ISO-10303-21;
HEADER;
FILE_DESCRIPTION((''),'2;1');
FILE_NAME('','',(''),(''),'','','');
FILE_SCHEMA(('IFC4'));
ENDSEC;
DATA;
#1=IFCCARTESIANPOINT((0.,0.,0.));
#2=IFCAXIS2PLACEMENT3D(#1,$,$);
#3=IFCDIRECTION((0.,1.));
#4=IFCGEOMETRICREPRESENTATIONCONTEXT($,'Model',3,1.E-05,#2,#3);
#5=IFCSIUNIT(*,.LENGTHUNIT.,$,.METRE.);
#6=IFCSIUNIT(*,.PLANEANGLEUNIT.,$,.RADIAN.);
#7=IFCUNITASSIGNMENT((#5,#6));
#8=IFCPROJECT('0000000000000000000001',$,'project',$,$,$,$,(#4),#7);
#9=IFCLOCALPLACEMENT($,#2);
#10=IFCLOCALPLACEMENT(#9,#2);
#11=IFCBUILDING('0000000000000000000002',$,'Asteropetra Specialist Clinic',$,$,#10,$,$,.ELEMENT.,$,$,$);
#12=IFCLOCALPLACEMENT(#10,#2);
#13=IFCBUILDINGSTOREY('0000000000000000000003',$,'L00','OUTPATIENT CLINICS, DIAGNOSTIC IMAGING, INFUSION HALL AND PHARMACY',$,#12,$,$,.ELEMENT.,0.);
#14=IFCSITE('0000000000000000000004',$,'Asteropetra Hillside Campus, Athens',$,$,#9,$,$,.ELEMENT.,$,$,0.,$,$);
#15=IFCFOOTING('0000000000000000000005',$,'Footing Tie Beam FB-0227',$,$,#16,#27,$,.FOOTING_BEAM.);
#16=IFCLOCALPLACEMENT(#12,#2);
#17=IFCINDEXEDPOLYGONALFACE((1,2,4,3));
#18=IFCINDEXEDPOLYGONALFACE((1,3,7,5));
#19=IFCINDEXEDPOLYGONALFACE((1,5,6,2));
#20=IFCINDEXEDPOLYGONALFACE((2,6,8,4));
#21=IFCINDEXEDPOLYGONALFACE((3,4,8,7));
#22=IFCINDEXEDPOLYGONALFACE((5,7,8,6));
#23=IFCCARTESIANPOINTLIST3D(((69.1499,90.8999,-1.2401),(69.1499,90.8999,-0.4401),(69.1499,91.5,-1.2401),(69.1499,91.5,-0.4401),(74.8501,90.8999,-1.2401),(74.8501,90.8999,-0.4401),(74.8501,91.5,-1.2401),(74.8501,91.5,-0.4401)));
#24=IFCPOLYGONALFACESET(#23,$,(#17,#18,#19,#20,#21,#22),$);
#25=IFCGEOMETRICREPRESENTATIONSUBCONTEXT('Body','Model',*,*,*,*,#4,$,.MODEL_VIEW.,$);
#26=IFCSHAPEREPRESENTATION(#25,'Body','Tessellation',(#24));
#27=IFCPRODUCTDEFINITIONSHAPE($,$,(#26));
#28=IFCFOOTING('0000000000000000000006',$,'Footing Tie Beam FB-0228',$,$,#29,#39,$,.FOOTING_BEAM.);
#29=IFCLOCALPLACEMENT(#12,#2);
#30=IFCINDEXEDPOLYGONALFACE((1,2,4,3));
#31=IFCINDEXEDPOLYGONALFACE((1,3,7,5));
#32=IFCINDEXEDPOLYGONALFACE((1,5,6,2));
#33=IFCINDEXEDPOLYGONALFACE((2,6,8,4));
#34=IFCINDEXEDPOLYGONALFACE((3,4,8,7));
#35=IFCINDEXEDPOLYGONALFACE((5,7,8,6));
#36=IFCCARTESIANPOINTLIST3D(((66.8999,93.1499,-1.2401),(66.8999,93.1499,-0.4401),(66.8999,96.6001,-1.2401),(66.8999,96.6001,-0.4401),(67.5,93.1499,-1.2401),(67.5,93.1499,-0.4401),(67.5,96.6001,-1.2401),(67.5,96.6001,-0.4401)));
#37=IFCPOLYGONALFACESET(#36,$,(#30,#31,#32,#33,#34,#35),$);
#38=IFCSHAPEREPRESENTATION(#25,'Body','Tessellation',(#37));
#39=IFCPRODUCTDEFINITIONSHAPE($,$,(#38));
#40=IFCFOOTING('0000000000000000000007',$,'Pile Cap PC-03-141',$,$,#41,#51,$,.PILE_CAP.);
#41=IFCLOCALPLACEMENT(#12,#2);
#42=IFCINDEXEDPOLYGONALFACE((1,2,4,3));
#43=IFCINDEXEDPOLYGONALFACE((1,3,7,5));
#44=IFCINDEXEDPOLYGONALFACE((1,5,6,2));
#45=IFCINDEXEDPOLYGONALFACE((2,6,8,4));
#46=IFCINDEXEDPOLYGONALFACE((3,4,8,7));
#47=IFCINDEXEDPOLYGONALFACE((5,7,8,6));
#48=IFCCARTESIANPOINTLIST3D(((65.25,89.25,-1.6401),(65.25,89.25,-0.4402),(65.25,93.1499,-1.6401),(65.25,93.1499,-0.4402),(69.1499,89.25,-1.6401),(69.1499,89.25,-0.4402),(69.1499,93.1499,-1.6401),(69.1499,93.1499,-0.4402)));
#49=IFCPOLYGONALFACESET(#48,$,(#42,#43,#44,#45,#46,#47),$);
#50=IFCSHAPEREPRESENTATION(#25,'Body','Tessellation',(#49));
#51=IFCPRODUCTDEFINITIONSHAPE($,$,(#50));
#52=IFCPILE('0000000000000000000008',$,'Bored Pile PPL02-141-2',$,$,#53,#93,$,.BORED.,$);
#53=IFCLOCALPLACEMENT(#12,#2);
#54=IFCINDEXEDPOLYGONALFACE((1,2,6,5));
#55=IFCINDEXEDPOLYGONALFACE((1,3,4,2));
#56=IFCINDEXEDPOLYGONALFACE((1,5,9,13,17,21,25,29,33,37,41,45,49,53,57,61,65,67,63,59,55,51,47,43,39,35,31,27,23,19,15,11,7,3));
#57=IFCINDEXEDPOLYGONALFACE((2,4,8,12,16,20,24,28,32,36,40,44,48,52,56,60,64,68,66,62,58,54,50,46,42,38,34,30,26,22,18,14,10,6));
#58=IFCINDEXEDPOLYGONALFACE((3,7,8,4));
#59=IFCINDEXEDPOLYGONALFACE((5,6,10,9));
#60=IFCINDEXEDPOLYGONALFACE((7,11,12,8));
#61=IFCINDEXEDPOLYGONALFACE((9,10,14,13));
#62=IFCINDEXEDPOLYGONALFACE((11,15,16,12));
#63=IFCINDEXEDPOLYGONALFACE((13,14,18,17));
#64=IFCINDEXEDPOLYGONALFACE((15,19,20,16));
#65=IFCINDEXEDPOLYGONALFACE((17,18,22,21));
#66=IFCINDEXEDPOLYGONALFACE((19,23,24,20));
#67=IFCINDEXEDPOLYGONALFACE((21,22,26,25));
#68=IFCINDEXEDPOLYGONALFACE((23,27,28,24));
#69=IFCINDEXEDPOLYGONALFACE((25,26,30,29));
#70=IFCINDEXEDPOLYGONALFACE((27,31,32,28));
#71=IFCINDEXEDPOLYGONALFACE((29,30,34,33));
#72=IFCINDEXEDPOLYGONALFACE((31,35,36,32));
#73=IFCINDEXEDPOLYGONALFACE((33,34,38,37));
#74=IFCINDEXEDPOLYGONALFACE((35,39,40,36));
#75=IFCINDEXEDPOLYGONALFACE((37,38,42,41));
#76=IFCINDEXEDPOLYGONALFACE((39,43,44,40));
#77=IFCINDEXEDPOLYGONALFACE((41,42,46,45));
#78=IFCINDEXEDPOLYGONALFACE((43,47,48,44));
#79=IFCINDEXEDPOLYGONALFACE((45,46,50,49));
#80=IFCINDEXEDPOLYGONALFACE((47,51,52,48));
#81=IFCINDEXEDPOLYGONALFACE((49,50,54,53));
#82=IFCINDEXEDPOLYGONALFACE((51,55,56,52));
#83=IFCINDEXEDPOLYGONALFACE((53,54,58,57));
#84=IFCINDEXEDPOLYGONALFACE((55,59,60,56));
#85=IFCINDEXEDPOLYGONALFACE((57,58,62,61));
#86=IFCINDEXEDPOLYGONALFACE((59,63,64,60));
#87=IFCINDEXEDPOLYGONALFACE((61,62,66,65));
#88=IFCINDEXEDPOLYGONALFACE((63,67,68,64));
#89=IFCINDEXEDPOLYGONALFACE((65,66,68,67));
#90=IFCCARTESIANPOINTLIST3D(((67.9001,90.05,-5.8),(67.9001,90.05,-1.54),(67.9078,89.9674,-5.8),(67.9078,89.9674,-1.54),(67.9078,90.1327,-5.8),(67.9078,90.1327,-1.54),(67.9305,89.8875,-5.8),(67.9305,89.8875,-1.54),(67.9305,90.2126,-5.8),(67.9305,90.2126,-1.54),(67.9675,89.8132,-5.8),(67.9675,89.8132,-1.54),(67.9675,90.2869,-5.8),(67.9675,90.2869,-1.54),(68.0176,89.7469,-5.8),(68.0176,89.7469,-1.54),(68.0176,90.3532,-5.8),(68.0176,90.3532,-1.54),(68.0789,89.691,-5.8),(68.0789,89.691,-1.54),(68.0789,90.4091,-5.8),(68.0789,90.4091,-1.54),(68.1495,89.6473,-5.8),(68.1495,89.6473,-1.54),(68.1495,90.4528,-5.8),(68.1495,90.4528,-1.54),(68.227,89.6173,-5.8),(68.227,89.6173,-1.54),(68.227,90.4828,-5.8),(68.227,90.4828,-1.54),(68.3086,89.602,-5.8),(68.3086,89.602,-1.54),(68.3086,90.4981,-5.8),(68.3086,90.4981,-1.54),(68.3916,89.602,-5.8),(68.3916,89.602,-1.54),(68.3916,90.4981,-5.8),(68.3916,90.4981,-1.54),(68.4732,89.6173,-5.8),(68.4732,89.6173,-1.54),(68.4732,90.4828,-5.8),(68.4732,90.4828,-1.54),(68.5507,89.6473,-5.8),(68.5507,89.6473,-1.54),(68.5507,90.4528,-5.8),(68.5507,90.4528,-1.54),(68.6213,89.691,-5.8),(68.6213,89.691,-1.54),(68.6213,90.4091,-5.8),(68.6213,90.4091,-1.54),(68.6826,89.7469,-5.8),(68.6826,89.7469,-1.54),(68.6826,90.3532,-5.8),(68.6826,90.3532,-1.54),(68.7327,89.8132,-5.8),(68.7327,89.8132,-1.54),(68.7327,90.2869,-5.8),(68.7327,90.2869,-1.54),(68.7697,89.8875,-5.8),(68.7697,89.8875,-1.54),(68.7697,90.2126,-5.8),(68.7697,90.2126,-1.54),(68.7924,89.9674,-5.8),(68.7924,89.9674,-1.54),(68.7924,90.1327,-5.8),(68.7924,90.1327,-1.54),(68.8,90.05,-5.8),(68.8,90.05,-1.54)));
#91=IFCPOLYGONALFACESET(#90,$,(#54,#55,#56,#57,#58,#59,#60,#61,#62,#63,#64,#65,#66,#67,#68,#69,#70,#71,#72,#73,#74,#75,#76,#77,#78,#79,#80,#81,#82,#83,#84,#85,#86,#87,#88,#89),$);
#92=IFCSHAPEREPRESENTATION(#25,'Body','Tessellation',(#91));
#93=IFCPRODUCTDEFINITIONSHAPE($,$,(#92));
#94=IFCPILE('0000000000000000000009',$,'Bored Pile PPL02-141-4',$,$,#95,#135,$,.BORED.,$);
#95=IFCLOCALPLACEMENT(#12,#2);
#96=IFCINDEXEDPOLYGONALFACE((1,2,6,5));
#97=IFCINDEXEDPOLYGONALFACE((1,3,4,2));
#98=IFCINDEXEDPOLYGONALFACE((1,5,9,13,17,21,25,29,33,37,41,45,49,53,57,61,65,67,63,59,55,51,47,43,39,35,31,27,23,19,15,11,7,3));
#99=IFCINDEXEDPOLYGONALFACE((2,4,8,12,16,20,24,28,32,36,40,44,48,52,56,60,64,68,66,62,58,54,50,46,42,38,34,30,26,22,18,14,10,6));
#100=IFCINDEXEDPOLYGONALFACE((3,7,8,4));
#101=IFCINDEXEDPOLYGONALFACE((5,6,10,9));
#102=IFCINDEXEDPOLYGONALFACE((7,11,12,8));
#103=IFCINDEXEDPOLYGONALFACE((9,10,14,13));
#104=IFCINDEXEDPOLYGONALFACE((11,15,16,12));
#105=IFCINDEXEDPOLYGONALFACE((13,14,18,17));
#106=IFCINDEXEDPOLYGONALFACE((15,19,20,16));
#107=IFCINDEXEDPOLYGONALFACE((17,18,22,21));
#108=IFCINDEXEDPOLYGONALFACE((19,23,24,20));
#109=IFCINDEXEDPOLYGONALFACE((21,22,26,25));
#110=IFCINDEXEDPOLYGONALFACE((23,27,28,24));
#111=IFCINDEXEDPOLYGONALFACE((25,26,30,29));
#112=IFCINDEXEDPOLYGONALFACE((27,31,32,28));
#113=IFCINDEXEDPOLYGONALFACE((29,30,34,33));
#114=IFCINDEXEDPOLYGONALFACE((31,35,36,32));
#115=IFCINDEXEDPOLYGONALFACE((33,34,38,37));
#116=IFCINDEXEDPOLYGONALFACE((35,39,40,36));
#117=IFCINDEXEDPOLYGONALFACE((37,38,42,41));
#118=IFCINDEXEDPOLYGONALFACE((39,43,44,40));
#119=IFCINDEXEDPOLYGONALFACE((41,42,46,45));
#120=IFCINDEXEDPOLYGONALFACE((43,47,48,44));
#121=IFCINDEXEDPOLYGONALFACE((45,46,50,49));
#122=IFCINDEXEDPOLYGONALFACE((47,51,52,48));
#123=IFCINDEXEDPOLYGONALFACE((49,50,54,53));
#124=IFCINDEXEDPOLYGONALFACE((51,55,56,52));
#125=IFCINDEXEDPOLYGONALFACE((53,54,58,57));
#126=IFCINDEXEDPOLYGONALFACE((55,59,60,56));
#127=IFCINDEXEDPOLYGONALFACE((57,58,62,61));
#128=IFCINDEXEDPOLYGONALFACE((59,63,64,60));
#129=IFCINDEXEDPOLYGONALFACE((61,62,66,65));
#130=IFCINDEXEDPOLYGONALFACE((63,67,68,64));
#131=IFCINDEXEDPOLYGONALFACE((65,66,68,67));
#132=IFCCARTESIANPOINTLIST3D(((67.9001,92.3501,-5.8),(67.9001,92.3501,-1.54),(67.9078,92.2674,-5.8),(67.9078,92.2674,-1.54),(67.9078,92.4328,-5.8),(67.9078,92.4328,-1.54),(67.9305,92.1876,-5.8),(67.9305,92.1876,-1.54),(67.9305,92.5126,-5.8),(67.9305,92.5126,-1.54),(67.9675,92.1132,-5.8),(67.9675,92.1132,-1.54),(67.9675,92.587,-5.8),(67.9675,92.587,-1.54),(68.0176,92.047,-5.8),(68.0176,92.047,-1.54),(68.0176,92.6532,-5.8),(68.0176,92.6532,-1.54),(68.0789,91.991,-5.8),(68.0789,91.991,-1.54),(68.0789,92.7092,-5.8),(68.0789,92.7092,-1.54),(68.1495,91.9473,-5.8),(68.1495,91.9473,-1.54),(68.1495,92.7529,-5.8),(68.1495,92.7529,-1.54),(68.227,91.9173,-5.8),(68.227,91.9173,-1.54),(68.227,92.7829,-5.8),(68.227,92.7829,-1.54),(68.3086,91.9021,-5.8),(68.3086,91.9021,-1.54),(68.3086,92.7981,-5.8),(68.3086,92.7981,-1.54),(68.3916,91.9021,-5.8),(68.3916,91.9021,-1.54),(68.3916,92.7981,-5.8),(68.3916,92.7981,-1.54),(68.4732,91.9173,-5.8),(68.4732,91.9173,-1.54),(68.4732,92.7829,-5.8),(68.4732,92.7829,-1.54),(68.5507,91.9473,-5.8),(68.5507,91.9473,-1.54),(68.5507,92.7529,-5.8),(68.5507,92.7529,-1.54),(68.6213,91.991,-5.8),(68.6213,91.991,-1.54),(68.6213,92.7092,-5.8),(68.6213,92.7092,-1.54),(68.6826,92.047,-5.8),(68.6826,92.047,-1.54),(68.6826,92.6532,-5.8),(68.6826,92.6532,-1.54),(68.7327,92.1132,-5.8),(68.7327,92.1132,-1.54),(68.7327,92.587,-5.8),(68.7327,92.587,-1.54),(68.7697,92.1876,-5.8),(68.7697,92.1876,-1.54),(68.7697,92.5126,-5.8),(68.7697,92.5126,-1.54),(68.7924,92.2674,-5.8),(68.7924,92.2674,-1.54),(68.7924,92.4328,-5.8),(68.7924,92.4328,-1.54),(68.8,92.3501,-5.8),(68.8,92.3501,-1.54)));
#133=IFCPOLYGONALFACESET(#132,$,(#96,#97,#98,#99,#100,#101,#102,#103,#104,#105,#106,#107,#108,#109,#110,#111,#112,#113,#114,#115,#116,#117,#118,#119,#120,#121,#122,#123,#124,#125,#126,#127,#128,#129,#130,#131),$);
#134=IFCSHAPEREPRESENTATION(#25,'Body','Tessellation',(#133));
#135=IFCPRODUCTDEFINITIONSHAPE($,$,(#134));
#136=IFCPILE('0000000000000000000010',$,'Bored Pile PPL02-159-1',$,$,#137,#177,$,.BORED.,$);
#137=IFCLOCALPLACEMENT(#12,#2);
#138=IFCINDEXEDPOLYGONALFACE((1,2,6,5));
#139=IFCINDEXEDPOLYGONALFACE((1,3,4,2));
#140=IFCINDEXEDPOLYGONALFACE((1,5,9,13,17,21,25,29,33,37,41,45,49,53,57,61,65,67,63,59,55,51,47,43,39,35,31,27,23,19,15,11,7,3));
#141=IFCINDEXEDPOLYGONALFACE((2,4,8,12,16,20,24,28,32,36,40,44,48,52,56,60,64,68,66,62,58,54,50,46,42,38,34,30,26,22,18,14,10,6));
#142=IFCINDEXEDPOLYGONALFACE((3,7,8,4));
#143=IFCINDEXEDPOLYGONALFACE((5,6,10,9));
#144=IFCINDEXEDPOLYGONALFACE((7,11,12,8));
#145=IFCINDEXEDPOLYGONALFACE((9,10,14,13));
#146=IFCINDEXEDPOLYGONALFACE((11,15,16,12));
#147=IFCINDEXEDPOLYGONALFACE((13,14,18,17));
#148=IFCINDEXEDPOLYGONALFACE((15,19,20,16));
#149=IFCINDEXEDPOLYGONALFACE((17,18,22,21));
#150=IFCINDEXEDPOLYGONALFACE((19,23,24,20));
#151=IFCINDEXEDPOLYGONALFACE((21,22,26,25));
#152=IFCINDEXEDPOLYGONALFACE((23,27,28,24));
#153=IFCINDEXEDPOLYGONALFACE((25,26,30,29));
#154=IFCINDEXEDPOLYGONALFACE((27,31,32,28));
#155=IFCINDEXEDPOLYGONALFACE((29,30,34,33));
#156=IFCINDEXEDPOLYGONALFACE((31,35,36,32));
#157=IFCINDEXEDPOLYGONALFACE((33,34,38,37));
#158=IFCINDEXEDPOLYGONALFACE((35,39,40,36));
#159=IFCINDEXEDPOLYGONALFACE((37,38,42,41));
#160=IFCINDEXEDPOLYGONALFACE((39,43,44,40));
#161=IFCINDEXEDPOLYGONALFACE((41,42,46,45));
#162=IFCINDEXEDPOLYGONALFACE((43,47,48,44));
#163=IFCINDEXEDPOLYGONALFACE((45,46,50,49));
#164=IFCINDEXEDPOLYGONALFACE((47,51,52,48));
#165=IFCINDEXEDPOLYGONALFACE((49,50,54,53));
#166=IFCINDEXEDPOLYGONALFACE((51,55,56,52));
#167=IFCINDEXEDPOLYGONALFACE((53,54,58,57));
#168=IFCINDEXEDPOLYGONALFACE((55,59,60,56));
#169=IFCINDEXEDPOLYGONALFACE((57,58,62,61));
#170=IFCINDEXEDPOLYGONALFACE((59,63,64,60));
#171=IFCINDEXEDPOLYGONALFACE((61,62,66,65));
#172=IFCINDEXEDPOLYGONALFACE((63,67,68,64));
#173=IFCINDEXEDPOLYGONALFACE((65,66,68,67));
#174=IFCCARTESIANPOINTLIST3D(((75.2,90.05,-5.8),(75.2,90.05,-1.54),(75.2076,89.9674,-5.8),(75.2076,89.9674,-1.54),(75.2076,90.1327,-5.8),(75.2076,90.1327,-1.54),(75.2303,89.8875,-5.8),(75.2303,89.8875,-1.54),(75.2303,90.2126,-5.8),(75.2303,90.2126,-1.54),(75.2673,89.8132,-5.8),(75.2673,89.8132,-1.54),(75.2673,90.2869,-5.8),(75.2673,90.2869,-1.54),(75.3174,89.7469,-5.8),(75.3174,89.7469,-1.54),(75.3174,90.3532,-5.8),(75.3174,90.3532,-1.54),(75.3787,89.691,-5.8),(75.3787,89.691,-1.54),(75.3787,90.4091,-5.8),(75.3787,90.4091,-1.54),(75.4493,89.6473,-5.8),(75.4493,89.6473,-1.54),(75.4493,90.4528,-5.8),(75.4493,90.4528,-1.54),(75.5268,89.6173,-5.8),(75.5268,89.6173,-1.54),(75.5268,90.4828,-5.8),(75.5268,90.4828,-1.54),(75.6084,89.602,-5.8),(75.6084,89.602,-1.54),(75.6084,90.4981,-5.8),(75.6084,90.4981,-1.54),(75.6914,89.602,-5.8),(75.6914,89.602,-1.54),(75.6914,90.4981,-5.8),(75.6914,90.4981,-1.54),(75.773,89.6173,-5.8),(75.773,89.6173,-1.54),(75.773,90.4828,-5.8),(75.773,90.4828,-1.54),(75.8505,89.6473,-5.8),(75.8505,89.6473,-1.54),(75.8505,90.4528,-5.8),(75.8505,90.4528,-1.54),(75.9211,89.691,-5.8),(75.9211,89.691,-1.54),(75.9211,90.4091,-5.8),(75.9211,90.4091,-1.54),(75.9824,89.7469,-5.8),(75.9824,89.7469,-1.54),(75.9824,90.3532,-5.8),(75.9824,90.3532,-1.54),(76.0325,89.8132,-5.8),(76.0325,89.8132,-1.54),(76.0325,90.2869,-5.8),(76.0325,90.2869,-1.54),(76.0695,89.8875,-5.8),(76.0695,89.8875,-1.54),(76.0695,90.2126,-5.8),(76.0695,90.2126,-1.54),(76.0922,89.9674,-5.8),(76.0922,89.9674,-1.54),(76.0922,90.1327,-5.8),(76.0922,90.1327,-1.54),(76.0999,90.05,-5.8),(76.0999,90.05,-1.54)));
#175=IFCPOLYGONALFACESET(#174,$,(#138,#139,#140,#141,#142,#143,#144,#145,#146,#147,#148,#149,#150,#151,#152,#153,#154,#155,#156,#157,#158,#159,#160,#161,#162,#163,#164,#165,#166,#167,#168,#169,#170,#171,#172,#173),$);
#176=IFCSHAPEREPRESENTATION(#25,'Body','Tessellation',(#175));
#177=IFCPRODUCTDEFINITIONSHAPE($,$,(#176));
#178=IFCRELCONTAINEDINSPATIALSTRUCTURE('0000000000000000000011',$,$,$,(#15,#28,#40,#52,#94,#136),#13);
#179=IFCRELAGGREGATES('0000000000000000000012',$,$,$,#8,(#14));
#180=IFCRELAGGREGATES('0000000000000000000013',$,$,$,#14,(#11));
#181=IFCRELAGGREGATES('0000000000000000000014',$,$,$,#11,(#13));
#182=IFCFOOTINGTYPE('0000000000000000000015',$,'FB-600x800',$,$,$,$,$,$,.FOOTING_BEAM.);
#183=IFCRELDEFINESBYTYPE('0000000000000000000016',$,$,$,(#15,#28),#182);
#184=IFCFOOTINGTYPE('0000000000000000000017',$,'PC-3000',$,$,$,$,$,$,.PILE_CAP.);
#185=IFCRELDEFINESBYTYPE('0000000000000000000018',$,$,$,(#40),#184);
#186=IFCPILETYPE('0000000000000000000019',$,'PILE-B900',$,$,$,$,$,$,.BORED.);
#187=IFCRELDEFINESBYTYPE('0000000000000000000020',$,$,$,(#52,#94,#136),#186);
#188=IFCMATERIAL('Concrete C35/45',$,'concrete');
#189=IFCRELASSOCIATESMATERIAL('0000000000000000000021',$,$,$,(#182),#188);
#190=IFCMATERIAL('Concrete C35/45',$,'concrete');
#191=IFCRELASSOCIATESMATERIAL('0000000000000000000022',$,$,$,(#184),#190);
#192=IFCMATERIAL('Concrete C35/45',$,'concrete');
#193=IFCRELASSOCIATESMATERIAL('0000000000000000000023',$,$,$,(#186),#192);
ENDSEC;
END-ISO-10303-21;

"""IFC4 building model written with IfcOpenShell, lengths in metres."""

from ifc_helpers import new_model, si_unit, direction, frame, origin, origin_2d, place, context, subcontext, project, spatial, rectangle, circle, extrude, material, material_profile, profile_set, type_object, element, save


model = new_model("IFC4")

# Units and contexts
model_context = context("Model", 3, precision=1e-05, world=origin(), true_north=direction((0.0, 1.0)))
body_context = subcontext(model_context, "Body", "Model", "MODEL_VIEW")
ifc_project = project(units=[si_unit("LENGTHUNIT", "METRE"), si_unit("PLANEANGLEUNIT", "RADIAN")], contexts=[model_context])

# Site, building, storey
site_placement = place(None, origin())
site = spatial("IfcSite", under=ifc_project, at=site_placement, Name="Asteropetra Hillside Campus, Athens", CompositionType="ELEMENT", RefElevation=0.0)
building_placement = place(site_placement, origin())
building = spatial("IfcBuilding", under=site, at=building_placement, Name="Asteropetra Specialist Clinic", CompositionType="ELEMENT")
storey_placement = place(building_placement, origin())
storey = spatial("IfcBuildingStorey", under=building, at=storey_placement, Name="L00", Description="OUTPATIENT CLINICS, DIAGNOSTIC IMAGING, INFUSION HALL AND PHARMACY", CompositionType="ELEMENT", Elevation=0.0)

# Footings
ifc_material_1 = material(Name="Concrete C35/45", Category="concrete")
ifc_material_profile_1 = material_profile(ifc_material_1, rectangle(XDim=0.6001, YDim=0.8, at=origin_2d()), Name="FB 600x800")
ifc_profile_set_1 = profile_set([ifc_material_profile_1], Name="Concrete C35/45")
footing_type_1 = type_object("IfcFootingType", Name="FB-600x800", PredefinedType="FOOTING_BEAM", material=ifc_profile_set_1)
footing_1_placement = place(storey_placement, frame((69.1499, 91.2, -0.8401), z_axis=(1.0, 0.0, 0.0), x_axis=(0.0, 1.0, 0.0)))
element("IfcFooting", 1, at=footing_1_placement, inside=storey, type_object=footing_type_1, Name="Footing Tie Beam FB-0227", PredefinedType="FOOTING_BEAM", context=body_context, shape_type="SweptSolid", body=[
    extrude(rectangle(XDim=0.6001, YDim=0.8, at=origin_2d()), origin(), (0.0, 0.0, 1.0), 5.7002),
])
footing_2_placement = place(storey_placement, frame((67.2, 93.1499, -0.8401), z_axis=(0.0, 1.0, 0.0), x_axis=(-1.0, 0.0, 0.0)))
element("IfcFooting", 2, at=footing_2_placement, inside=storey, type_object=footing_type_1, Name="Footing Tie Beam FB-0228", PredefinedType="FOOTING_BEAM", context=body_context, shape_type="SweptSolid", body=[
    extrude(rectangle(XDim=0.6001, YDim=0.8, at=origin_2d()), origin(), (0.0, 0.0, 1.0), 3.4502),
])
ifc_material_2 = material(Name="Concrete C35/45", Category="concrete")
footing_type_2 = type_object("IfcFootingType", Name="PC-3000", PredefinedType="PILE_CAP", material=ifc_material_2)
footing_3_placement = place(storey_placement, frame((67.2, 91.2, -1.6401), z_axis=(0.0, 0.0, 1.0), x_axis=(1.0, 0.0, 0.0)))
element("IfcFooting", 3, at=footing_3_placement, inside=storey, type_object=footing_type_2, Name="Pile Cap PC-03-141", PredefinedType="PILE_CAP", context=body_context, shape_type="SweptSolid", body=[
    extrude(rectangle(XDim=3.8999, YDim=3.8999, at=origin_2d()), origin(), (0.0, 0.0, 1.0), 1.2),
])

# Piles
ifc_material_3 = material(Name="Concrete C35/45", Category="concrete")
ifc_material_profile_2 = material_profile(ifc_material_3, circle(Radius=0.45, at=origin_2d()), Name="PILE D900")
ifc_profile_set_2 = profile_set([ifc_material_profile_2], Name="Concrete C35/45")
pile_type = type_object("IfcPileType", Name="PILE-B900", PredefinedType="BORED", material=ifc_profile_set_2)
for number, where, z_axis, x_axis, name in (
    (4, (68.3501, 90.05, -1.54), (0.0, 0.0, -1.0), (1.0, 0.0, 0.0), "Bored Pile PPL02-141-2"),
    (5, (68.3501, 92.3501, -1.54), (0.0, 0.0, -1.0), (1.0, 0.0, 0.0), "Bored Pile PPL02-141-4"),
    (6, (75.6499, 90.05, -1.54), (0.0, 0.0, -1.0), (1.0, 0.0, 0.0), "Bored Pile PPL02-159-1"),
):
    element("IfcPile", number, at=place(storey_placement, frame(where, z_axis=z_axis, x_axis=x_axis)), inside=storey, type_object=pile_type, Name=name, PredefinedType="BORED", context=body_context, shape_type="SweptSolid", body=[
        extrude(circle(Radius=0.45, at=origin_2d()), origin(), (0.0, 0.0, 1.0), 4.26),
    ])

save(model, "model.ifc")
